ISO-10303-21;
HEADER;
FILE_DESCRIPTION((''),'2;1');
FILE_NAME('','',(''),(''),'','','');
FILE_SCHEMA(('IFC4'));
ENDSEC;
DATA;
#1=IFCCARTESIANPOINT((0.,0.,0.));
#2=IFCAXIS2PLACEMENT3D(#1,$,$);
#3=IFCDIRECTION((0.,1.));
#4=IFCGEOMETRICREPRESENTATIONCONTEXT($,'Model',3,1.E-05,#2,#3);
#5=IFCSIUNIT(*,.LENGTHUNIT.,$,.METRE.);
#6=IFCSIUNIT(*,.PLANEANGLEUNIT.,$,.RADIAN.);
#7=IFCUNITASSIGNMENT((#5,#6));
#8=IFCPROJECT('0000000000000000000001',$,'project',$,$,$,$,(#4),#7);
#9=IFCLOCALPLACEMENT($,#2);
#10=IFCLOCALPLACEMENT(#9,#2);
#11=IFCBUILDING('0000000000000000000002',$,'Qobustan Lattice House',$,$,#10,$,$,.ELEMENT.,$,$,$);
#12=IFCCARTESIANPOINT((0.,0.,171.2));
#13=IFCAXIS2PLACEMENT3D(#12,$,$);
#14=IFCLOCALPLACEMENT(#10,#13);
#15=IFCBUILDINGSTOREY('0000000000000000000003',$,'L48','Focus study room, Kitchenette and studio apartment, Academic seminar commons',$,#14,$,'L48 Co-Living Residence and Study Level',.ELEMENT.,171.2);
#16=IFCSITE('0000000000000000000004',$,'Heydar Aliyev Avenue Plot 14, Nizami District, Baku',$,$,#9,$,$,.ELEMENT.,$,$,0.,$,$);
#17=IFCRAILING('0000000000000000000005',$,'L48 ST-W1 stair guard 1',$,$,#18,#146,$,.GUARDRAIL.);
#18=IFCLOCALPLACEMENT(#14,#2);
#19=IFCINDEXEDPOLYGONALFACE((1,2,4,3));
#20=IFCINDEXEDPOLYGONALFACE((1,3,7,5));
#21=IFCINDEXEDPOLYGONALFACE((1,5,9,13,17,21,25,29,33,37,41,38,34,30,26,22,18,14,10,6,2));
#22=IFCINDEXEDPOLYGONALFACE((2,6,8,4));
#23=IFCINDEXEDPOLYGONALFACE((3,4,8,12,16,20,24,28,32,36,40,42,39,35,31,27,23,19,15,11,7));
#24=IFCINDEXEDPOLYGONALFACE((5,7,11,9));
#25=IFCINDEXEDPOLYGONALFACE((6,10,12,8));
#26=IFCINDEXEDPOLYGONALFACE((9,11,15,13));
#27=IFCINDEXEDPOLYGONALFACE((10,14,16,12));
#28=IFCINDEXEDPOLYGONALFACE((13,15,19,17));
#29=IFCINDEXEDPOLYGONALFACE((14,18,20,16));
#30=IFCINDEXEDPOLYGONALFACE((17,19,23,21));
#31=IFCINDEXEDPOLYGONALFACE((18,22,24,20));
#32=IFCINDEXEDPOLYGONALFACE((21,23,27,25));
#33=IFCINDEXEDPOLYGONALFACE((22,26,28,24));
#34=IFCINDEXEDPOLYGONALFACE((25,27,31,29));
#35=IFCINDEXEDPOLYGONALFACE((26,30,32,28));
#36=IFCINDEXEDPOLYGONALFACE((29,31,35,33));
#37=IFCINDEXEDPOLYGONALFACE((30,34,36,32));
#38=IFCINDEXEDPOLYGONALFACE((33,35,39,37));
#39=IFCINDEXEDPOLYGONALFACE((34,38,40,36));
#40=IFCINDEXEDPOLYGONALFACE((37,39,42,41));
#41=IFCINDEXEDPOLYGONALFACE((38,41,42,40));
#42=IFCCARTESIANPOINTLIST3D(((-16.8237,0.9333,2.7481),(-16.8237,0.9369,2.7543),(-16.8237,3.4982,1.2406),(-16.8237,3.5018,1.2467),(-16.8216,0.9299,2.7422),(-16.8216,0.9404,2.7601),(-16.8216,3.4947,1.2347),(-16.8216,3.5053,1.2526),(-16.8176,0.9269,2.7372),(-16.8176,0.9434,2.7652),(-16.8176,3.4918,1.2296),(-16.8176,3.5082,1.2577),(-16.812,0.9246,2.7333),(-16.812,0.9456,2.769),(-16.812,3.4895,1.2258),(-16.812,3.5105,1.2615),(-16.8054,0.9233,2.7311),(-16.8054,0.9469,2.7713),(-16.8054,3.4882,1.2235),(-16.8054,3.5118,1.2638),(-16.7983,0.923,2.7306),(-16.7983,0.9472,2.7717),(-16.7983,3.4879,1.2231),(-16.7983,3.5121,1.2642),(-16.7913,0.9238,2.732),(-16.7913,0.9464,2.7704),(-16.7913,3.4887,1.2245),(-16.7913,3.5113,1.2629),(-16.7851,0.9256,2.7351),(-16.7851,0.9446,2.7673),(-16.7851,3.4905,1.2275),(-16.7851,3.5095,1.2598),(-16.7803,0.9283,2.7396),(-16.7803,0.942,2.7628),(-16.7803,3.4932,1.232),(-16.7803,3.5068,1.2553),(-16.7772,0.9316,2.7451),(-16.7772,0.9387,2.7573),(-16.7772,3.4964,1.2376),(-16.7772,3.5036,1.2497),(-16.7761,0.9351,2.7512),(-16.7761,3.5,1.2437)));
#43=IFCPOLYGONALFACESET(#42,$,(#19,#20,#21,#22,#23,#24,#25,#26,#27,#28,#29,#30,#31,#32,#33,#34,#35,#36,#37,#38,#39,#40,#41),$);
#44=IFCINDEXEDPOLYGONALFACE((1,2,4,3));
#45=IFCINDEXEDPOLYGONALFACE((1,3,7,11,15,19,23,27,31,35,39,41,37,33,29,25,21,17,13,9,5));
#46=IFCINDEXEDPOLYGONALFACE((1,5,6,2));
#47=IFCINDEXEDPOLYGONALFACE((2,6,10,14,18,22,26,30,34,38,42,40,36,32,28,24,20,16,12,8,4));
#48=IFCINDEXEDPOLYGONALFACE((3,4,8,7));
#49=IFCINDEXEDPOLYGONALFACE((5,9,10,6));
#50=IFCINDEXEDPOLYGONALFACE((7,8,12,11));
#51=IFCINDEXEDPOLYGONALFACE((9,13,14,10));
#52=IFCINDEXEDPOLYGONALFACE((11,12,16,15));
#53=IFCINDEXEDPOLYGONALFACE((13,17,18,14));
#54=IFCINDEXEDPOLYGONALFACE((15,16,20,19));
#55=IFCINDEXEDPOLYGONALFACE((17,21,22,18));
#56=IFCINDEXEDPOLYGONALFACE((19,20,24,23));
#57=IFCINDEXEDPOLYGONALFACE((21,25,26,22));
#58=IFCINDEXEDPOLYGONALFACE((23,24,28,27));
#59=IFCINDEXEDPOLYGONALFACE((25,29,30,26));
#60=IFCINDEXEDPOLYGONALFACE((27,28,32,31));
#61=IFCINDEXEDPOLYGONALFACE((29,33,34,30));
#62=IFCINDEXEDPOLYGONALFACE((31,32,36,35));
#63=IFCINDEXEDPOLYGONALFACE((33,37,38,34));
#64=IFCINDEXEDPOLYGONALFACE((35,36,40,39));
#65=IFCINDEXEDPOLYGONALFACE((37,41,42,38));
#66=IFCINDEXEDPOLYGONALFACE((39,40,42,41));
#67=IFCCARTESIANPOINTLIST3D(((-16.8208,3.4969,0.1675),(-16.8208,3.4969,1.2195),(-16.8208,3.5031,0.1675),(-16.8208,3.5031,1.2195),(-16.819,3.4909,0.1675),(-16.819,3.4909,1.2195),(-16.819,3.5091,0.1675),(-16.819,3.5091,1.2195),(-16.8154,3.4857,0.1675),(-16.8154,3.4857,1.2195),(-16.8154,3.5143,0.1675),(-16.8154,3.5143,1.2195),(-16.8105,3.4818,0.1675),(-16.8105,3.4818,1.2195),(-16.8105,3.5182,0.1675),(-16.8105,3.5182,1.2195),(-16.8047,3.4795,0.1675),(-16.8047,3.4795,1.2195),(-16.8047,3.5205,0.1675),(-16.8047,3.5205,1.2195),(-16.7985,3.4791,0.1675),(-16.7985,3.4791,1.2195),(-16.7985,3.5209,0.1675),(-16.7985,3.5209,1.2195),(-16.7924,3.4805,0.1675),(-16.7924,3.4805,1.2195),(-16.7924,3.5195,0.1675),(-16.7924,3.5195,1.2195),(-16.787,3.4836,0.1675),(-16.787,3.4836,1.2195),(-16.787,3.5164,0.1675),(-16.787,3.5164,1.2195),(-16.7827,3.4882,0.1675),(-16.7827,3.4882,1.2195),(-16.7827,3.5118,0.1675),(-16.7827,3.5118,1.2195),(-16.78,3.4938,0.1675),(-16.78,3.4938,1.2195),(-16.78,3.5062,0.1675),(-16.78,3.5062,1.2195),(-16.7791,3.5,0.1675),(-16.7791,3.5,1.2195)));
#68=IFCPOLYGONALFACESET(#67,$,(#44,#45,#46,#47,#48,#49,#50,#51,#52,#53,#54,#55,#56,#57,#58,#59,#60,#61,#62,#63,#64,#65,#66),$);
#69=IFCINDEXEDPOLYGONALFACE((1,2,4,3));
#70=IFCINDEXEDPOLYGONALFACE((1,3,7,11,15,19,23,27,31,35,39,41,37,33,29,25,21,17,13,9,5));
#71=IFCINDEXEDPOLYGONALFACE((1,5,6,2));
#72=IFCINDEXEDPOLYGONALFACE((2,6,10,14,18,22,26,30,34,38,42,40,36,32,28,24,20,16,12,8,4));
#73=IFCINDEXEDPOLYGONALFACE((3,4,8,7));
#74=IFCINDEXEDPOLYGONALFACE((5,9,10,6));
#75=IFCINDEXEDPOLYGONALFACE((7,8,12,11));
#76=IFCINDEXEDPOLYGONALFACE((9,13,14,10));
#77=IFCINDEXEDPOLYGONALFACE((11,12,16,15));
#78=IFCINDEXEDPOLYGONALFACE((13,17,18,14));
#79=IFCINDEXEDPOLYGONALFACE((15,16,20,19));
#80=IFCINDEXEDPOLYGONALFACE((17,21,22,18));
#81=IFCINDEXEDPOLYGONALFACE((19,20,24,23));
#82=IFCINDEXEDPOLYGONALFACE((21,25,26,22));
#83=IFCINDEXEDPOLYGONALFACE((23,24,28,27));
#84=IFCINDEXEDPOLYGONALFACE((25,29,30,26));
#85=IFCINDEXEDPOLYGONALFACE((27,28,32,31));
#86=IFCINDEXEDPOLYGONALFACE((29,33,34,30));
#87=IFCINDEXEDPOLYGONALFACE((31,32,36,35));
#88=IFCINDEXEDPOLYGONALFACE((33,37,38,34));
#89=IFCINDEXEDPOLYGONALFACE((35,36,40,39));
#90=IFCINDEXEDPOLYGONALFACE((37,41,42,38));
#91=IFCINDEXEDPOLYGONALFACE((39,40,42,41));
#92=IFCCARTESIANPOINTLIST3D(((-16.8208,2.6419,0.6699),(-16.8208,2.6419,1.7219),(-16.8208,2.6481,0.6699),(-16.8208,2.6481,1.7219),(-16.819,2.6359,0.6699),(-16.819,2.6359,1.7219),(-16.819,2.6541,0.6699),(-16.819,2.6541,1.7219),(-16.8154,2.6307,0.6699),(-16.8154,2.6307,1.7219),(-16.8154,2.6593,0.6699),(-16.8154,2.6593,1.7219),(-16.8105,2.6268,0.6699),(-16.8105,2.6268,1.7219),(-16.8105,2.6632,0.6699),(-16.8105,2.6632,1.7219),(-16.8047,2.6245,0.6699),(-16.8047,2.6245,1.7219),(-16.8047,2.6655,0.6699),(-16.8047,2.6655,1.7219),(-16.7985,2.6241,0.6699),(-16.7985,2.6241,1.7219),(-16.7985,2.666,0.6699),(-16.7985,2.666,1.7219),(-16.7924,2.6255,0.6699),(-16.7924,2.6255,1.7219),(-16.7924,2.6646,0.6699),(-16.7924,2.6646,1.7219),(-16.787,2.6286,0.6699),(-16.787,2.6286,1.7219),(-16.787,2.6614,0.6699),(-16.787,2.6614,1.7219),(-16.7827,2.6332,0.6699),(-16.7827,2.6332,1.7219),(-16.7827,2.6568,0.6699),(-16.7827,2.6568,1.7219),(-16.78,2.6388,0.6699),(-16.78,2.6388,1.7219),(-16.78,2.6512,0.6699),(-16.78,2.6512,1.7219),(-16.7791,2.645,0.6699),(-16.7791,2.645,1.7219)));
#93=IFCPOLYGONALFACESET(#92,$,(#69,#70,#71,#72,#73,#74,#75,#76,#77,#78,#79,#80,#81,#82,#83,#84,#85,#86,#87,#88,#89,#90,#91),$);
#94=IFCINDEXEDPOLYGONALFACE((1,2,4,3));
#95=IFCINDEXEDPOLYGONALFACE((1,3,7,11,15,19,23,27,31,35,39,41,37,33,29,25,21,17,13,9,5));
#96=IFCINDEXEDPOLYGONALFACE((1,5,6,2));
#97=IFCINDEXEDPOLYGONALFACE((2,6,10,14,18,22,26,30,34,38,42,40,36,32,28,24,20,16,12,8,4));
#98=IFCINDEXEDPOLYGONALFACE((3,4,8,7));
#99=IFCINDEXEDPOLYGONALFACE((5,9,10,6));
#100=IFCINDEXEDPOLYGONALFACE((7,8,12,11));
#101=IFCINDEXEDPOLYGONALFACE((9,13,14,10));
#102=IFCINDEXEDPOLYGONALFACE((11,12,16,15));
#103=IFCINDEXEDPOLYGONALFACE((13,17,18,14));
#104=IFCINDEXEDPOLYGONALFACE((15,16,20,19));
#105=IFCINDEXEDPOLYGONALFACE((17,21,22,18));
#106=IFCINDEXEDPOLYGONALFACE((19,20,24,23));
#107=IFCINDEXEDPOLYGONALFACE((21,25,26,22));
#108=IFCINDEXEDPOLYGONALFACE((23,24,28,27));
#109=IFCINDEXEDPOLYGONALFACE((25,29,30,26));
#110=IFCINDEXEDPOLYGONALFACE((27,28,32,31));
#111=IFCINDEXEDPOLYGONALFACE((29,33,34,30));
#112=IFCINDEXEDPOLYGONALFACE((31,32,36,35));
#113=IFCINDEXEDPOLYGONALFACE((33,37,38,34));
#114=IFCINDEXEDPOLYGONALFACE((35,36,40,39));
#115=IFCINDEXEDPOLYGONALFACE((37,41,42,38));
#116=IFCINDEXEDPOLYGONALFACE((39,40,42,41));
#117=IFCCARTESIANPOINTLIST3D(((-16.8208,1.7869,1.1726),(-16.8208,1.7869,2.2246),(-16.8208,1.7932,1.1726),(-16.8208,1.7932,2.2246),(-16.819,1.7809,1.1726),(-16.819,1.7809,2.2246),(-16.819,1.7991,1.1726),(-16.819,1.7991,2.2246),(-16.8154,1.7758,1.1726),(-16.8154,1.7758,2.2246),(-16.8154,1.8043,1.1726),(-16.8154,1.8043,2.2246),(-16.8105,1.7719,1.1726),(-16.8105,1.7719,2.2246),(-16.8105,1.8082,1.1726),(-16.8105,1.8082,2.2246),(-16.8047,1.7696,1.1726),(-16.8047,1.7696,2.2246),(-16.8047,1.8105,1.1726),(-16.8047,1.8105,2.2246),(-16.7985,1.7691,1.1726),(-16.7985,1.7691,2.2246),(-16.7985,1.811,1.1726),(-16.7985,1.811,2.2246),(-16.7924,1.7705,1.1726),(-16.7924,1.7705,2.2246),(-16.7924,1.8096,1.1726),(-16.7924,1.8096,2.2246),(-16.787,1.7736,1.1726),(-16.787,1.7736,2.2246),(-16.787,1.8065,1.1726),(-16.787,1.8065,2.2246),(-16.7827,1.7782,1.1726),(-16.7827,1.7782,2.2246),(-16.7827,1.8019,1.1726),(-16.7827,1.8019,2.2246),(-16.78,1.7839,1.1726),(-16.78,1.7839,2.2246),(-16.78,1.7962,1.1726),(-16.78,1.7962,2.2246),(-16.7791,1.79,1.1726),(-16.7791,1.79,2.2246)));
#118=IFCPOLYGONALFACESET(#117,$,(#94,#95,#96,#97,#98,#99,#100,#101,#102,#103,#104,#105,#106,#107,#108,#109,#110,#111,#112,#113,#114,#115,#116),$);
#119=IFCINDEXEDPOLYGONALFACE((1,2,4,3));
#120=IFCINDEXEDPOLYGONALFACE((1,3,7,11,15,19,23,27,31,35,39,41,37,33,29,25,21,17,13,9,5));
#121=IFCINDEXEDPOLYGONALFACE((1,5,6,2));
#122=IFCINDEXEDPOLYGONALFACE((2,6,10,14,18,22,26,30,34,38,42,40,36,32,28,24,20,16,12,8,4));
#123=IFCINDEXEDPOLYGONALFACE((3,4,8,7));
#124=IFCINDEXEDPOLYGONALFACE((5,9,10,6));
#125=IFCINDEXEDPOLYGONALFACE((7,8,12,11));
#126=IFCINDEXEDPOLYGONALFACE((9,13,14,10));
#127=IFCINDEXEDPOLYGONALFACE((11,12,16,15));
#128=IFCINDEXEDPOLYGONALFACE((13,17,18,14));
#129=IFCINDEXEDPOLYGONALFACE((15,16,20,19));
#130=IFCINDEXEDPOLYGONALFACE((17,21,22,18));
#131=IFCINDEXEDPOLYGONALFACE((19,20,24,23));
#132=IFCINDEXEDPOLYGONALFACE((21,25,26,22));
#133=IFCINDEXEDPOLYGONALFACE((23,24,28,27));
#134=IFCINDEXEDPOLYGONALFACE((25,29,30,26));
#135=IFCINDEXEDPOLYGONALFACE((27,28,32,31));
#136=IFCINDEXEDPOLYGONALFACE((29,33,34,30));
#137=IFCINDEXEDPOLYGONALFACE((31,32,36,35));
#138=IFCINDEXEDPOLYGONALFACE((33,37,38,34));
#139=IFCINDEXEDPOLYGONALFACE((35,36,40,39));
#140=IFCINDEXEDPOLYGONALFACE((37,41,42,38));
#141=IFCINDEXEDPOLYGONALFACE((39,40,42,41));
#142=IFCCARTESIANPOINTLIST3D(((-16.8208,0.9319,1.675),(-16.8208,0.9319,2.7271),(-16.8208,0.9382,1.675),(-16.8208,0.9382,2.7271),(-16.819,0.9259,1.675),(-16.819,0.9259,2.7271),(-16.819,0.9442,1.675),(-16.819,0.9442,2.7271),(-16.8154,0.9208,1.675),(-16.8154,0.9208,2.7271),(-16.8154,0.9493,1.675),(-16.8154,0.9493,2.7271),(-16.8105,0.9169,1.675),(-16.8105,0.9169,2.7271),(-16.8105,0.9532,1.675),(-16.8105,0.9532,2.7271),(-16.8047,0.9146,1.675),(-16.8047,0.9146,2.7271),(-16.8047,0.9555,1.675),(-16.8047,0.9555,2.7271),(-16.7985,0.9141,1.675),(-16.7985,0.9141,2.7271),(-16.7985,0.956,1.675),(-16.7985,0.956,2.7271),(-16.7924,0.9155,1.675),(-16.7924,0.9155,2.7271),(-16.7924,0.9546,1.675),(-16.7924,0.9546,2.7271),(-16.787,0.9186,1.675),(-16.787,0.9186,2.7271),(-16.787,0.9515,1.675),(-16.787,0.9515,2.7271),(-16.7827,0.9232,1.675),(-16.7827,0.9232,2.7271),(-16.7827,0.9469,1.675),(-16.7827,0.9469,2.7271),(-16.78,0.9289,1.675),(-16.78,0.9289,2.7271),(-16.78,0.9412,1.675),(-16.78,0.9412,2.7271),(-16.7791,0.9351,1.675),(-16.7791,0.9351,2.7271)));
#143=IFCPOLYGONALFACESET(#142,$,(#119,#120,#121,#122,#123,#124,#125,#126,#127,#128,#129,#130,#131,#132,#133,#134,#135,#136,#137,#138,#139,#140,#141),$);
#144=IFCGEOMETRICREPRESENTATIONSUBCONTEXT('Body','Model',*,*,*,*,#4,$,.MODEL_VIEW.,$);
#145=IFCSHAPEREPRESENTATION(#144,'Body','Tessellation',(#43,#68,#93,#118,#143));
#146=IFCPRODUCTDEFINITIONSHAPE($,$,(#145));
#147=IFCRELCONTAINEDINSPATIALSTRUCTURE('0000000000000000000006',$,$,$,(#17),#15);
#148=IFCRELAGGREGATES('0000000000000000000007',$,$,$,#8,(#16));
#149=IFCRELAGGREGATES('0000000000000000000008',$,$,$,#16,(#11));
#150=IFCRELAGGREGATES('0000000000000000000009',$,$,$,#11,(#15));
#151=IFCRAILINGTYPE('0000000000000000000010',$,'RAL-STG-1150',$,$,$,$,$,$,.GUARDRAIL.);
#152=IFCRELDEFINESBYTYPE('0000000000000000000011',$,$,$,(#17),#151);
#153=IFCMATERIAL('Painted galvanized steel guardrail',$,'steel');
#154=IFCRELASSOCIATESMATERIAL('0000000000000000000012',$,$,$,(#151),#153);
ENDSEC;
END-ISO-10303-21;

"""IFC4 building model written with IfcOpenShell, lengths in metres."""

from ifc_helpers import new_model, si_unit, direction, frame, origin, origin_2d, place, context, subcontext, project, spatial, circle, extrude, material, type_object, element, save


model = new_model("IFC4")

# Units and contexts
model_context = context("Model", 3, precision=1e-05, world=origin(), true_north=direction((0.0, 1.0)))
body_context = subcontext(model_context, "Body", "Model", "MODEL_VIEW")
ifc_project = project(units=[si_unit("LENGTHUNIT", "METRE"), si_unit("PLANEANGLEUNIT", "RADIAN")], contexts=[model_context])

# Site, building, storey
site_placement = place(None, origin())
site = spatial("IfcSite", under=ifc_project, at=site_placement, Name="Heydar Aliyev Avenue Plot 14, Nizami District, Baku", CompositionType="ELEMENT", RefElevation=0.0)
building_placement = place(site_placement, origin())
building = spatial("IfcBuilding", under=site, at=building_placement, Name="Qobustan Lattice House", CompositionType="ELEMENT")
storey_placement = place(building_placement, frame((0.0, 0.0, 171.2)))
storey = spatial("IfcBuildingStorey", under=building, at=storey_placement, Name="L48", Description="Focus study room, Kitchenette and studio apartment, Academic seminar commons", LongName="L48 Co-Living Residence and Study Level", CompositionType="ELEMENT", Elevation=171.2)

# Railing
ifc_material_1 = material(Name="Painted galvanized steel guardrail", Category="steel")
railing_type_1 = type_object("IfcRailingType", Name="RAL-STG-1150", PredefinedType="GUARDRAIL", material=ifc_material_1)
railing_1_placement = place(storey_placement, frame((-16.8, 3.5, 0.1675)))
element("IfcRailing", 1, at=railing_1_placement, inside=storey, type_object=railing_type_1, Name="L48 ST-W1 stair guard 1", PredefinedType="GUARDRAIL", context=body_context, shape_type="SweptSolid", body=[
    extrude(circle(Radius=0.0239, at=origin_2d()), frame((0.0, 0.0, 1.0762), z_axis=(0.0, -0.862113, 0.506715), x_axis=(1.0, 0.0, 0.0)), (0.0, 0.0, 1.0), 2.9751),
    extrude(circle(Radius=0.021, at=origin_2d()), origin(), (0.0, 0.0, 1.0), 1.052),
    extrude(circle(Radius=0.021, at=origin_2d()), frame((0.0, -0.855, 0.5024)), (0.0, 0.0, 1.0), 1.052),
    extrude(circle(Radius=0.021, at=origin_2d()), frame((0.0, -1.71, 1.0051)), (0.0, 0.0, 1.0), 1.052),
    extrude(circle(Radius=0.021, at=origin_2d()), frame((0.0, -2.5649, 1.5076)), (0.0, 0.0, 1.0), 1.052),
])

save(model, "model.ifc")
